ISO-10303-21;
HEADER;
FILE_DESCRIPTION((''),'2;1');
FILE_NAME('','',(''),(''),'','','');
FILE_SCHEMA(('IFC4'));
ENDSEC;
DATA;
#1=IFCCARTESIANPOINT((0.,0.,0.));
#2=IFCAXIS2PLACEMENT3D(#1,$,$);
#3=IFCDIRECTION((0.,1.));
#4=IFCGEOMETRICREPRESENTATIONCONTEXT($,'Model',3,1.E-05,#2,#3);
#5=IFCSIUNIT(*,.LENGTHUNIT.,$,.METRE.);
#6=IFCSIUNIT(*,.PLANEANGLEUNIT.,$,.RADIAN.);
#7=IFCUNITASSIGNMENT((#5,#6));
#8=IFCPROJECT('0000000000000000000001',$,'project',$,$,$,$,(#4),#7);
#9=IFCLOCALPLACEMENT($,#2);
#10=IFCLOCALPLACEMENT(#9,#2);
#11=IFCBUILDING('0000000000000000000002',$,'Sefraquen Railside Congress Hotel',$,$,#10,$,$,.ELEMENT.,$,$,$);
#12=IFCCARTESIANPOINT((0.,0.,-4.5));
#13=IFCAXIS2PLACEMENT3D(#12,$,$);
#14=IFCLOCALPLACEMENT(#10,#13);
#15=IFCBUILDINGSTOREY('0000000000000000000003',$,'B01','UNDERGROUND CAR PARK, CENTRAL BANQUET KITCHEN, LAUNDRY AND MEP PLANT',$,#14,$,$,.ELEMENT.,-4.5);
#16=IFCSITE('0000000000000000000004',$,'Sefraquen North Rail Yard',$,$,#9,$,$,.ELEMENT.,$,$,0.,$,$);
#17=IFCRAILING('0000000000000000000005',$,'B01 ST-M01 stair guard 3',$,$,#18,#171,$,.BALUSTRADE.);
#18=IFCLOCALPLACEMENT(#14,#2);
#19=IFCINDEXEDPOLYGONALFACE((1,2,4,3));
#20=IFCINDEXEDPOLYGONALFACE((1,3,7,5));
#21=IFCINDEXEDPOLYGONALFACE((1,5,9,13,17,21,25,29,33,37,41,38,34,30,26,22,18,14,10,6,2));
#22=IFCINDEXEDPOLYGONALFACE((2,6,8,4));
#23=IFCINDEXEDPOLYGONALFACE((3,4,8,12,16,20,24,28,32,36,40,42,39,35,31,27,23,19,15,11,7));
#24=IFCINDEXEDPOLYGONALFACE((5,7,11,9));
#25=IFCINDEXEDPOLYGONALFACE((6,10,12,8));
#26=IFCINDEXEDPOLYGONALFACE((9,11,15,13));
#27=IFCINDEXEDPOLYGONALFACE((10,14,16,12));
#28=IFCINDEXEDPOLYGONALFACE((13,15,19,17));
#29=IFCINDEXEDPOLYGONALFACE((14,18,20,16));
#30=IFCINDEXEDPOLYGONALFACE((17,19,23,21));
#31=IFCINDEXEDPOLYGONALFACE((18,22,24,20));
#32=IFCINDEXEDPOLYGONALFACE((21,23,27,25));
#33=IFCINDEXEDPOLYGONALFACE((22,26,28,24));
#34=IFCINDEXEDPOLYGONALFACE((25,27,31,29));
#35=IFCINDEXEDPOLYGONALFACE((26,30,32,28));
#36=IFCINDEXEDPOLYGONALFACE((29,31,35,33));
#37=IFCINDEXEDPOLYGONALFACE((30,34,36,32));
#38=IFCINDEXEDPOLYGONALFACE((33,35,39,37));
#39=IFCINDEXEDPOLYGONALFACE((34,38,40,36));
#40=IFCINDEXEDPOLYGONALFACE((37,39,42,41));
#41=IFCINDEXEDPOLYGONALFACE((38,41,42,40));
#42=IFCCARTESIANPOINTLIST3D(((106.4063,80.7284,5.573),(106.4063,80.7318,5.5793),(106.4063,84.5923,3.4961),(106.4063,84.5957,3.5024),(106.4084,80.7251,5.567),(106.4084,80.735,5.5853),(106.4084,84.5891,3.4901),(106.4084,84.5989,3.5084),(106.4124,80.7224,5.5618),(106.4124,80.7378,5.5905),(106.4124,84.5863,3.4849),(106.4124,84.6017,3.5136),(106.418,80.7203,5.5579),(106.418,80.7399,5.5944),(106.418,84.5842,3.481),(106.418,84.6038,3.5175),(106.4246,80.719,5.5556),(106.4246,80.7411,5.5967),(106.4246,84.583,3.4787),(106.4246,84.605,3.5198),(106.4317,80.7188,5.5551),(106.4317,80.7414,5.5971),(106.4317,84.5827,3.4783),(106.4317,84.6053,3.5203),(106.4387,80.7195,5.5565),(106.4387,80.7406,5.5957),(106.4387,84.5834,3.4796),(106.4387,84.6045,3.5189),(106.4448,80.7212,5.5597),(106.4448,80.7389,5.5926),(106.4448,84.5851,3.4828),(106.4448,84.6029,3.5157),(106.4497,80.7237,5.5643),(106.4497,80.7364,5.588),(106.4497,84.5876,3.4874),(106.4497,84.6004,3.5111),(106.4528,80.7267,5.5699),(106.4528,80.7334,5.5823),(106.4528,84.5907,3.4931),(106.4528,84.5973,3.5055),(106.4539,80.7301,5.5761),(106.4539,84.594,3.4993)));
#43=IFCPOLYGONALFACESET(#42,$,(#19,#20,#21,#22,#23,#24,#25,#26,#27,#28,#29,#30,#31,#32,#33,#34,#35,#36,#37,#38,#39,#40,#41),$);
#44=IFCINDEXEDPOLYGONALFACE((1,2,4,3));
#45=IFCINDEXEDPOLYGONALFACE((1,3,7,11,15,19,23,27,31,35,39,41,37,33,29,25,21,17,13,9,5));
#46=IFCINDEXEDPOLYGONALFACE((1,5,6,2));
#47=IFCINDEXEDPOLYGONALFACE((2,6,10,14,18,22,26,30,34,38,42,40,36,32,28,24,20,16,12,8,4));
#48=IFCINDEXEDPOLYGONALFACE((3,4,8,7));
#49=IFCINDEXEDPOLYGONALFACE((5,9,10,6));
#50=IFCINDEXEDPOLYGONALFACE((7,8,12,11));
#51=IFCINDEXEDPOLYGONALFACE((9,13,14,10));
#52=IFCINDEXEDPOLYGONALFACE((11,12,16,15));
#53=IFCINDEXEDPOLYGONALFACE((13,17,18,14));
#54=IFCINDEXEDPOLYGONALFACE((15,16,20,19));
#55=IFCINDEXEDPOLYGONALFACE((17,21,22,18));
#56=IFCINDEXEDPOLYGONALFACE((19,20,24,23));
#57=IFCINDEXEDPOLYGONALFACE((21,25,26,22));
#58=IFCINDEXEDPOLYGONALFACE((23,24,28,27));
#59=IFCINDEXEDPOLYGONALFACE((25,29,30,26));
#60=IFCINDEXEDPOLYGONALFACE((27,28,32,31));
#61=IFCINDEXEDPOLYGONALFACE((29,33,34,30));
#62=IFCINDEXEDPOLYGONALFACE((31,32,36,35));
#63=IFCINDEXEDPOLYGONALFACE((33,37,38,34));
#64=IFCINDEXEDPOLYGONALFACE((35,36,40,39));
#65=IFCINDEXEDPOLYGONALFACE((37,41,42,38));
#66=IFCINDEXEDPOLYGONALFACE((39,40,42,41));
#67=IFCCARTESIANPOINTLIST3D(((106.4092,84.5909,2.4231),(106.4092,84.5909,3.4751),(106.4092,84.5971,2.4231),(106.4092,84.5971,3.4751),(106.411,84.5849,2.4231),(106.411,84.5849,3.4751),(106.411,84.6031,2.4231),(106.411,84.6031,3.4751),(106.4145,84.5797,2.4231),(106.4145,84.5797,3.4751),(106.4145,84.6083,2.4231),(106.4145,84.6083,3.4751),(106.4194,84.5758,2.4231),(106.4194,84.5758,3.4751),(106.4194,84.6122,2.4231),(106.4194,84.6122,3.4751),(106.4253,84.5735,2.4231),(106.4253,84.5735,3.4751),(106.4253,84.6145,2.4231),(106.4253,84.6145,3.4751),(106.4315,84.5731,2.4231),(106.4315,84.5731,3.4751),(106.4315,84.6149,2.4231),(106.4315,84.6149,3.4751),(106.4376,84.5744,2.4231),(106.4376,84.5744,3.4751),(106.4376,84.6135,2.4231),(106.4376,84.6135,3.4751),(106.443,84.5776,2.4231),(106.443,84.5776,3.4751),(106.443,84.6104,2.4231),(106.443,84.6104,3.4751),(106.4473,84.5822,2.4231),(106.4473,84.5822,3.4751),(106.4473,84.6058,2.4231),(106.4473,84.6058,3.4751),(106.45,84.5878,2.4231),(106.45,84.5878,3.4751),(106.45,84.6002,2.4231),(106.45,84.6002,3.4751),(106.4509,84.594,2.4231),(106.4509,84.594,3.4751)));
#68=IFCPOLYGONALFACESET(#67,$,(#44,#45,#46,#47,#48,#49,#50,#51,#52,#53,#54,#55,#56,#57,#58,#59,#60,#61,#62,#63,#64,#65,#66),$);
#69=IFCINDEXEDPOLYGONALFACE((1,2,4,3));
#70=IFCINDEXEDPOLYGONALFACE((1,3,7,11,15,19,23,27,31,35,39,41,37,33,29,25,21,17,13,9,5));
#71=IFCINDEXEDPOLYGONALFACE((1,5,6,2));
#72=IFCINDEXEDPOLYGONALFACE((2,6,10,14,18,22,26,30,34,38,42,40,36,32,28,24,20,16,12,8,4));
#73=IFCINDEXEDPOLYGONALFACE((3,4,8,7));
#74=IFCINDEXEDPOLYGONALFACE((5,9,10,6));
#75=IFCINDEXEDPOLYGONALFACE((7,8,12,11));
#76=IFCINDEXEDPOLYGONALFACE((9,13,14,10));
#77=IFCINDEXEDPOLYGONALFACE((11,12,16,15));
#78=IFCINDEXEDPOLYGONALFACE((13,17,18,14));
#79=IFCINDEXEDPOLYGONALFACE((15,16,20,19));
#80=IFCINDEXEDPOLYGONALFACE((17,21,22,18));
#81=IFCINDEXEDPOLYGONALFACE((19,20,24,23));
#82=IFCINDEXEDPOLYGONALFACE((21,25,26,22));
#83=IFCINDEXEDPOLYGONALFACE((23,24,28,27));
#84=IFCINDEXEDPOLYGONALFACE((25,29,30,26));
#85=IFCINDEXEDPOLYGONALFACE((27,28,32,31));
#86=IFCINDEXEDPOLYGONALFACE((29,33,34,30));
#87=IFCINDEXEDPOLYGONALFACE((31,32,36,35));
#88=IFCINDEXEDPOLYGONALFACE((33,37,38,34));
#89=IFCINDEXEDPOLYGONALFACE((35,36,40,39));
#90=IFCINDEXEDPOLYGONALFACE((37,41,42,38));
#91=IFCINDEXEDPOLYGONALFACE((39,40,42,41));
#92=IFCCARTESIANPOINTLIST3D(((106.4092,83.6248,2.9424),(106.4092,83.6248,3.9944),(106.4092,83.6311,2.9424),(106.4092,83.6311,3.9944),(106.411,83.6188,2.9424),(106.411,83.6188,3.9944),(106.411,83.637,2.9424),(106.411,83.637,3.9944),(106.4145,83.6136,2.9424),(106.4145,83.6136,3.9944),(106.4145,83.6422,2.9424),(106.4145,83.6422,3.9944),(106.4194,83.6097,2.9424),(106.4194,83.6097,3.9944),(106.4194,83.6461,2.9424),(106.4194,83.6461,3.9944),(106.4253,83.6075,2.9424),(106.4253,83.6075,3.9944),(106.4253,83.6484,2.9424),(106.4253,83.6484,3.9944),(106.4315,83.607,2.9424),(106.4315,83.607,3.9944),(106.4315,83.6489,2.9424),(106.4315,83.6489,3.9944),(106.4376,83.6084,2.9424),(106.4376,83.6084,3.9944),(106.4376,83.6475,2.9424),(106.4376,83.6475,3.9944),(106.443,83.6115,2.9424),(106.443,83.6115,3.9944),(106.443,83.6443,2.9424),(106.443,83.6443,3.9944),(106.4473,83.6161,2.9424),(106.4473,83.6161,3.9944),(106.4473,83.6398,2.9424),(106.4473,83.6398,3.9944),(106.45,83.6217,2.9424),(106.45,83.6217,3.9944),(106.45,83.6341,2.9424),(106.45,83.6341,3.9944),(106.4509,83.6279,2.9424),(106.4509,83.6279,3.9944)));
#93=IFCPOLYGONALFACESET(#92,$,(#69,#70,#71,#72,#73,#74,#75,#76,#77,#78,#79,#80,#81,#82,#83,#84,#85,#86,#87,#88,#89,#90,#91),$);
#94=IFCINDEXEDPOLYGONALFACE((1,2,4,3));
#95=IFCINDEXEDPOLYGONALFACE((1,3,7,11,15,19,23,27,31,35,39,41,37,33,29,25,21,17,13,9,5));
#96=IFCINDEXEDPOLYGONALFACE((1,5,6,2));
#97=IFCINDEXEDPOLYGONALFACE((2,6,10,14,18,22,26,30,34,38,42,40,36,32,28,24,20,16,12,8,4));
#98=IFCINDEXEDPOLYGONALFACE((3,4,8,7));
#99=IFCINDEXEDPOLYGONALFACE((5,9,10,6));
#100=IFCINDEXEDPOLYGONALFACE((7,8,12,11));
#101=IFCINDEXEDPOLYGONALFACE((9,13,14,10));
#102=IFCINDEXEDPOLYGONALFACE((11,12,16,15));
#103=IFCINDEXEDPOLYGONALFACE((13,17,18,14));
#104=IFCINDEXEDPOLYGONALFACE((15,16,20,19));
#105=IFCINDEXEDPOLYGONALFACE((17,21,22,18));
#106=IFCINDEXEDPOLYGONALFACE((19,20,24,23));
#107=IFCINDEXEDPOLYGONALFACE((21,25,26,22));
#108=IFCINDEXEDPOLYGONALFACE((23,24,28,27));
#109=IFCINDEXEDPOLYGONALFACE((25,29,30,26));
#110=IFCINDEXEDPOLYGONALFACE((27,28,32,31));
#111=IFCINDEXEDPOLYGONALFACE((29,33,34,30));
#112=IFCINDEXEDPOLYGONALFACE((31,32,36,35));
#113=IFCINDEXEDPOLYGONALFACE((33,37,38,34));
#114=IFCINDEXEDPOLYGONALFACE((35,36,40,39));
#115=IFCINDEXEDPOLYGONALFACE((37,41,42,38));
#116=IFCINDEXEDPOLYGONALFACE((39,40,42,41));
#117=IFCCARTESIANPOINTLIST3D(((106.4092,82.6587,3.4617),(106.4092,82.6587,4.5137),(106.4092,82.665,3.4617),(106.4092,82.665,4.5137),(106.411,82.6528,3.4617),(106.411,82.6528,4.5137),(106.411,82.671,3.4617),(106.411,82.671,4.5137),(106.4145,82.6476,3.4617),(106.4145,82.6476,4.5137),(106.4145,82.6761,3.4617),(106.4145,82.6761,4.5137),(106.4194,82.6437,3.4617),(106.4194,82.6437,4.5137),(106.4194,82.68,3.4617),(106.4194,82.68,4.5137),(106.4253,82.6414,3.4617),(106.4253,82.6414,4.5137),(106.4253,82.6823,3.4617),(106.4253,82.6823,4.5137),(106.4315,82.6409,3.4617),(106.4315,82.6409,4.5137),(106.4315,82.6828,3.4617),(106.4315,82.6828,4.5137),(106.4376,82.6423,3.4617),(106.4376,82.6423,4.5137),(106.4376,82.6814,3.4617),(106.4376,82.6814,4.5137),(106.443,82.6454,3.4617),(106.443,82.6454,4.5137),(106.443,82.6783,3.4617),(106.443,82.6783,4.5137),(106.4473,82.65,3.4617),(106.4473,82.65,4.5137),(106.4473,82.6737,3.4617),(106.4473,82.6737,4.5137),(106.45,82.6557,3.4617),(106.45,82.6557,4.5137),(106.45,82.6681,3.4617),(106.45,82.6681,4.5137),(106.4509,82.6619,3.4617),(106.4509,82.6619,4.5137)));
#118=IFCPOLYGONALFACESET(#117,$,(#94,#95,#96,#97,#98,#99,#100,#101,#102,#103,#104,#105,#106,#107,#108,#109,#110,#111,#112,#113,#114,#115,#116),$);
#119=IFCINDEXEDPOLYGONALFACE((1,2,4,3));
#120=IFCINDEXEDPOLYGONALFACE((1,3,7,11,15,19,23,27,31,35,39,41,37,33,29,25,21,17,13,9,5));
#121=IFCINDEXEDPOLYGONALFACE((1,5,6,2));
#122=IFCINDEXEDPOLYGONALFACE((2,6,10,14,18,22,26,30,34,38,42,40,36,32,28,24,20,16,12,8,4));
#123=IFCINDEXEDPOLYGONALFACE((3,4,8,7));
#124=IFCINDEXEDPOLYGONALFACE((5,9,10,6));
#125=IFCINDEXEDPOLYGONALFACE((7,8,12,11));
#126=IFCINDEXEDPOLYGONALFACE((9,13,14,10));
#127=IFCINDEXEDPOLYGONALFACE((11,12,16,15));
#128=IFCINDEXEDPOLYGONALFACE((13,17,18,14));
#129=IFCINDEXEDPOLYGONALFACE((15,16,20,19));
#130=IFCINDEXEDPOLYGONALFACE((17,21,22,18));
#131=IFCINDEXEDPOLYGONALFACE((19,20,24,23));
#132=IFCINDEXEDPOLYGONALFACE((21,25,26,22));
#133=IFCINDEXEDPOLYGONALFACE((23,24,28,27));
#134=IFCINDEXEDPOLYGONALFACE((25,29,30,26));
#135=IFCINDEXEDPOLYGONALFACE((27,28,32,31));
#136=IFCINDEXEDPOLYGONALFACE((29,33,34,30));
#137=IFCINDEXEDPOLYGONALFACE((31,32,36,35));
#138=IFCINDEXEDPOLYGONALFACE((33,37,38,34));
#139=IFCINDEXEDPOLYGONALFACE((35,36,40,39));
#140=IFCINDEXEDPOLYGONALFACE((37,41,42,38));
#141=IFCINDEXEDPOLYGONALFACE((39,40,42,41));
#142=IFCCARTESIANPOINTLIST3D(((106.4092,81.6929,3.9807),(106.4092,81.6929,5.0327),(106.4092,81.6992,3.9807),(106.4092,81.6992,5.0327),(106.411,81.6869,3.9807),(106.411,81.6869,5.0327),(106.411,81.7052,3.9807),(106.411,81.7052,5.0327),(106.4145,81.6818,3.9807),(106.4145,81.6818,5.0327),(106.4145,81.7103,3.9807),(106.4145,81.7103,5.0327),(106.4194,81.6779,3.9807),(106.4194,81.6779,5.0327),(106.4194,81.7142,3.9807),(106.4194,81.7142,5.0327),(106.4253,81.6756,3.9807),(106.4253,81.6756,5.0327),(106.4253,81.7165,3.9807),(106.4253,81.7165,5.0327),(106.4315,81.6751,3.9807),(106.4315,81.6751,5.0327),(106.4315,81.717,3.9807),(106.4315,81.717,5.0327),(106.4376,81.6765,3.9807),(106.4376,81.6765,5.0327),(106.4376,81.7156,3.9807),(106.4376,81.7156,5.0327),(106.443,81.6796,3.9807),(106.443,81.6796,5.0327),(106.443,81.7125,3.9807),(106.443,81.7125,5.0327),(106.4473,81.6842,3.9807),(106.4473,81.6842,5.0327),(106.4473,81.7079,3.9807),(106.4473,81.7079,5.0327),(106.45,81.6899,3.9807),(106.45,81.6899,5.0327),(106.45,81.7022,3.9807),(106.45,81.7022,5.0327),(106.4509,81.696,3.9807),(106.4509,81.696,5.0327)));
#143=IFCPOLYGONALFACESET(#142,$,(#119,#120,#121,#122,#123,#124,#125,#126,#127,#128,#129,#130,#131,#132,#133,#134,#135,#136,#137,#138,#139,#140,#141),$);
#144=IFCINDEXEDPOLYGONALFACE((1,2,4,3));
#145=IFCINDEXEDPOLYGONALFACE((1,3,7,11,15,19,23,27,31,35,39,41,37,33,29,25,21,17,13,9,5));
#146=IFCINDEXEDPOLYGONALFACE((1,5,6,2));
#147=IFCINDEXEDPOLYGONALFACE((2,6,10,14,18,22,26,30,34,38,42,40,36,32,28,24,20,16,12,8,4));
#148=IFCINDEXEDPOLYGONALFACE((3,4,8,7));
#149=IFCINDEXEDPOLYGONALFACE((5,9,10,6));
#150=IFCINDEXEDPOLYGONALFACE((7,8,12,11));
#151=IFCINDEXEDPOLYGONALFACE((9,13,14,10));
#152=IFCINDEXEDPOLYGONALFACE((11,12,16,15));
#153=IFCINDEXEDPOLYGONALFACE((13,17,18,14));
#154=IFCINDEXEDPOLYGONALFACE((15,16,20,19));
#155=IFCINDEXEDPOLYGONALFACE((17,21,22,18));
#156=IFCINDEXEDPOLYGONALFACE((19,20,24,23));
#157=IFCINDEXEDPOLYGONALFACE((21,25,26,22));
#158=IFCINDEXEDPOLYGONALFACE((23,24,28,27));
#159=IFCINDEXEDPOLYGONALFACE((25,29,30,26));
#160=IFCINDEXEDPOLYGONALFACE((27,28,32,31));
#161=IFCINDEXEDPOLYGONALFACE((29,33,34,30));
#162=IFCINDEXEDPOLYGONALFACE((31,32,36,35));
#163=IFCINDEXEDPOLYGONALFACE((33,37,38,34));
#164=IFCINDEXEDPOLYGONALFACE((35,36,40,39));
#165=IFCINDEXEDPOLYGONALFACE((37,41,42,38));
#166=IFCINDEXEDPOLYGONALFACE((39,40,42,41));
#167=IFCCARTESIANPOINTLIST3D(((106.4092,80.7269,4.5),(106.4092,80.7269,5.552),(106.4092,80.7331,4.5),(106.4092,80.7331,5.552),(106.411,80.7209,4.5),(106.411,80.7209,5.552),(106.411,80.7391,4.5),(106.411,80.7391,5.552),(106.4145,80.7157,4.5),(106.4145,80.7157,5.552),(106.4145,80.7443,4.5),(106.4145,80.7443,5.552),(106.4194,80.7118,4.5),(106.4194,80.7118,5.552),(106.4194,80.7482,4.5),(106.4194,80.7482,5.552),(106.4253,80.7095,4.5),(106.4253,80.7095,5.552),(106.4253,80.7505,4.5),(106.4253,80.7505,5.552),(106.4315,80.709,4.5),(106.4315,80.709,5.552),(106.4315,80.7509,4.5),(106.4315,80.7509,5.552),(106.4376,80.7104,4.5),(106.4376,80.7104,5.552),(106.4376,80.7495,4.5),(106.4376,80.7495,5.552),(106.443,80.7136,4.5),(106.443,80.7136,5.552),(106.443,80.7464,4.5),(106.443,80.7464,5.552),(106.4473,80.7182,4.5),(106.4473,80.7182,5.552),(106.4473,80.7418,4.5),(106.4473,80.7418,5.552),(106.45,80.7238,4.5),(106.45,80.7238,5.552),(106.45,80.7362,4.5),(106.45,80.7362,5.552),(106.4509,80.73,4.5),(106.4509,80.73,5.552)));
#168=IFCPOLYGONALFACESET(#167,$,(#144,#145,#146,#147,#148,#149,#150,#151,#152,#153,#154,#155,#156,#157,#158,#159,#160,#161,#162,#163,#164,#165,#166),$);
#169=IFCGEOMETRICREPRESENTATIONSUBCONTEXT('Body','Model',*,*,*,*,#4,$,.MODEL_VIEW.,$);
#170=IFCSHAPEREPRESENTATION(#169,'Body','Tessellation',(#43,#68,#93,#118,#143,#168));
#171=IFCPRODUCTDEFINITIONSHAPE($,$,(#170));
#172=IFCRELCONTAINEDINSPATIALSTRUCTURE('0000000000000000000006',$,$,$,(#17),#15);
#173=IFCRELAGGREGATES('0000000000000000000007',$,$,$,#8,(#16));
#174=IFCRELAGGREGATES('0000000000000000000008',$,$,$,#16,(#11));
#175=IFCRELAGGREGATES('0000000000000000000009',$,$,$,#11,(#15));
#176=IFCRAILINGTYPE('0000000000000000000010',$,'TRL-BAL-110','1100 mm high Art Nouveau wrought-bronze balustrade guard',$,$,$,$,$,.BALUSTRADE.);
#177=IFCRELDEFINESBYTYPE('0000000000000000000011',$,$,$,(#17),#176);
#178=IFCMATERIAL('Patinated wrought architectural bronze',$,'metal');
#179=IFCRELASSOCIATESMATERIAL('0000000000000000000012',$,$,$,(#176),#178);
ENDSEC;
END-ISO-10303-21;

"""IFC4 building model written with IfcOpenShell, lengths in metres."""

from ifc_helpers import new_model, si_unit, direction, frame, origin, origin_2d, place, context, subcontext, project, spatial, circle, extrude, material, type_object, element, save


model = new_model("IFC4")

# Units and contexts
model_context = context("Model", 3, precision=1e-05, world=origin(), true_north=direction((0.0, 1.0)))
body_context = subcontext(model_context, "Body", "Model", "MODEL_VIEW")
ifc_project = project(units=[si_unit("LENGTHUNIT", "METRE"), si_unit("PLANEANGLEUNIT", "RADIAN")], contexts=[model_context])

# Site, building, storey
site_placement = place(None, origin())
site = spatial("IfcSite", under=ifc_project, at=site_placement, Name="Sefraquen North Rail Yard", CompositionType="ELEMENT", RefElevation=0.0)
building_placement = place(site_placement, origin())
building = spatial("IfcBuilding", under=site, at=building_placement, Name="Sefraquen Railside Congress Hotel", CompositionType="ELEMENT")
storey_placement = place(building_placement, frame((0.0, 0.0, -4.5)))
storey = spatial("IfcBuildingStorey", under=building, at=storey_placement, Name="B01", Description="UNDERGROUND CAR PARK, CENTRAL BANQUET KITCHEN, LAUNDRY AND MEP PLANT", CompositionType="ELEMENT", Elevation=-4.5)

# Railing
ifc_material_1 = material(Name="Patinated wrought architectural bronze", Category="metal")
railing_type_1 = type_object("IfcRailingType", Name="TRL-BAL-110", Description="1100 mm high Art Nouveau wrought-bronze balustrade guard", PredefinedType="BALUSTRADE", material=ifc_material_1)
railing_1_placement = place(storey_placement, frame((106.4299, 84.594, 2.4231)))
element("IfcRailing", 1, at=railing_1_placement, inside=storey, type_object=railing_type_1, Name="B01 ST-M01 stair guard 3", PredefinedType="BALUSTRADE", context=body_context, shape_type="SweptSolid", body=[
    extrude(circle(Radius=0.0239, at=origin_2d()), frame((0.0, 0.0, 1.0762), z_axis=(0.0, -0.880825, 0.473443), x_axis=(1.0, 0.0, 0.0)), (0.0, 0.0, 1.0), 4.3867),
    extrude(circle(Radius=0.021, at=origin_2d()), origin(), (0.0, 0.0, 1.0), 1.052),
    extrude(circle(Radius=0.021, at=origin_2d()), frame((0.0, -0.9661, 0.5193)), (0.0, 0.0, 1.0), 1.052),
    extrude(circle(Radius=0.021, at=origin_2d()), frame((0.0, -1.9321, 1.0386)), (0.0, 0.0, 1.0), 1.052),
    extrude(circle(Radius=0.021, at=origin_2d()), frame((0.0, -2.8979, 1.5576)), (0.0, 0.0, 1.0), 1.052),
    extrude(circle(Radius=0.021, at=origin_2d()), frame((0.0, -3.864, 2.0769)), (0.0, 0.0, 1.0), 1.052),
])

save(model, "model.ifc")
